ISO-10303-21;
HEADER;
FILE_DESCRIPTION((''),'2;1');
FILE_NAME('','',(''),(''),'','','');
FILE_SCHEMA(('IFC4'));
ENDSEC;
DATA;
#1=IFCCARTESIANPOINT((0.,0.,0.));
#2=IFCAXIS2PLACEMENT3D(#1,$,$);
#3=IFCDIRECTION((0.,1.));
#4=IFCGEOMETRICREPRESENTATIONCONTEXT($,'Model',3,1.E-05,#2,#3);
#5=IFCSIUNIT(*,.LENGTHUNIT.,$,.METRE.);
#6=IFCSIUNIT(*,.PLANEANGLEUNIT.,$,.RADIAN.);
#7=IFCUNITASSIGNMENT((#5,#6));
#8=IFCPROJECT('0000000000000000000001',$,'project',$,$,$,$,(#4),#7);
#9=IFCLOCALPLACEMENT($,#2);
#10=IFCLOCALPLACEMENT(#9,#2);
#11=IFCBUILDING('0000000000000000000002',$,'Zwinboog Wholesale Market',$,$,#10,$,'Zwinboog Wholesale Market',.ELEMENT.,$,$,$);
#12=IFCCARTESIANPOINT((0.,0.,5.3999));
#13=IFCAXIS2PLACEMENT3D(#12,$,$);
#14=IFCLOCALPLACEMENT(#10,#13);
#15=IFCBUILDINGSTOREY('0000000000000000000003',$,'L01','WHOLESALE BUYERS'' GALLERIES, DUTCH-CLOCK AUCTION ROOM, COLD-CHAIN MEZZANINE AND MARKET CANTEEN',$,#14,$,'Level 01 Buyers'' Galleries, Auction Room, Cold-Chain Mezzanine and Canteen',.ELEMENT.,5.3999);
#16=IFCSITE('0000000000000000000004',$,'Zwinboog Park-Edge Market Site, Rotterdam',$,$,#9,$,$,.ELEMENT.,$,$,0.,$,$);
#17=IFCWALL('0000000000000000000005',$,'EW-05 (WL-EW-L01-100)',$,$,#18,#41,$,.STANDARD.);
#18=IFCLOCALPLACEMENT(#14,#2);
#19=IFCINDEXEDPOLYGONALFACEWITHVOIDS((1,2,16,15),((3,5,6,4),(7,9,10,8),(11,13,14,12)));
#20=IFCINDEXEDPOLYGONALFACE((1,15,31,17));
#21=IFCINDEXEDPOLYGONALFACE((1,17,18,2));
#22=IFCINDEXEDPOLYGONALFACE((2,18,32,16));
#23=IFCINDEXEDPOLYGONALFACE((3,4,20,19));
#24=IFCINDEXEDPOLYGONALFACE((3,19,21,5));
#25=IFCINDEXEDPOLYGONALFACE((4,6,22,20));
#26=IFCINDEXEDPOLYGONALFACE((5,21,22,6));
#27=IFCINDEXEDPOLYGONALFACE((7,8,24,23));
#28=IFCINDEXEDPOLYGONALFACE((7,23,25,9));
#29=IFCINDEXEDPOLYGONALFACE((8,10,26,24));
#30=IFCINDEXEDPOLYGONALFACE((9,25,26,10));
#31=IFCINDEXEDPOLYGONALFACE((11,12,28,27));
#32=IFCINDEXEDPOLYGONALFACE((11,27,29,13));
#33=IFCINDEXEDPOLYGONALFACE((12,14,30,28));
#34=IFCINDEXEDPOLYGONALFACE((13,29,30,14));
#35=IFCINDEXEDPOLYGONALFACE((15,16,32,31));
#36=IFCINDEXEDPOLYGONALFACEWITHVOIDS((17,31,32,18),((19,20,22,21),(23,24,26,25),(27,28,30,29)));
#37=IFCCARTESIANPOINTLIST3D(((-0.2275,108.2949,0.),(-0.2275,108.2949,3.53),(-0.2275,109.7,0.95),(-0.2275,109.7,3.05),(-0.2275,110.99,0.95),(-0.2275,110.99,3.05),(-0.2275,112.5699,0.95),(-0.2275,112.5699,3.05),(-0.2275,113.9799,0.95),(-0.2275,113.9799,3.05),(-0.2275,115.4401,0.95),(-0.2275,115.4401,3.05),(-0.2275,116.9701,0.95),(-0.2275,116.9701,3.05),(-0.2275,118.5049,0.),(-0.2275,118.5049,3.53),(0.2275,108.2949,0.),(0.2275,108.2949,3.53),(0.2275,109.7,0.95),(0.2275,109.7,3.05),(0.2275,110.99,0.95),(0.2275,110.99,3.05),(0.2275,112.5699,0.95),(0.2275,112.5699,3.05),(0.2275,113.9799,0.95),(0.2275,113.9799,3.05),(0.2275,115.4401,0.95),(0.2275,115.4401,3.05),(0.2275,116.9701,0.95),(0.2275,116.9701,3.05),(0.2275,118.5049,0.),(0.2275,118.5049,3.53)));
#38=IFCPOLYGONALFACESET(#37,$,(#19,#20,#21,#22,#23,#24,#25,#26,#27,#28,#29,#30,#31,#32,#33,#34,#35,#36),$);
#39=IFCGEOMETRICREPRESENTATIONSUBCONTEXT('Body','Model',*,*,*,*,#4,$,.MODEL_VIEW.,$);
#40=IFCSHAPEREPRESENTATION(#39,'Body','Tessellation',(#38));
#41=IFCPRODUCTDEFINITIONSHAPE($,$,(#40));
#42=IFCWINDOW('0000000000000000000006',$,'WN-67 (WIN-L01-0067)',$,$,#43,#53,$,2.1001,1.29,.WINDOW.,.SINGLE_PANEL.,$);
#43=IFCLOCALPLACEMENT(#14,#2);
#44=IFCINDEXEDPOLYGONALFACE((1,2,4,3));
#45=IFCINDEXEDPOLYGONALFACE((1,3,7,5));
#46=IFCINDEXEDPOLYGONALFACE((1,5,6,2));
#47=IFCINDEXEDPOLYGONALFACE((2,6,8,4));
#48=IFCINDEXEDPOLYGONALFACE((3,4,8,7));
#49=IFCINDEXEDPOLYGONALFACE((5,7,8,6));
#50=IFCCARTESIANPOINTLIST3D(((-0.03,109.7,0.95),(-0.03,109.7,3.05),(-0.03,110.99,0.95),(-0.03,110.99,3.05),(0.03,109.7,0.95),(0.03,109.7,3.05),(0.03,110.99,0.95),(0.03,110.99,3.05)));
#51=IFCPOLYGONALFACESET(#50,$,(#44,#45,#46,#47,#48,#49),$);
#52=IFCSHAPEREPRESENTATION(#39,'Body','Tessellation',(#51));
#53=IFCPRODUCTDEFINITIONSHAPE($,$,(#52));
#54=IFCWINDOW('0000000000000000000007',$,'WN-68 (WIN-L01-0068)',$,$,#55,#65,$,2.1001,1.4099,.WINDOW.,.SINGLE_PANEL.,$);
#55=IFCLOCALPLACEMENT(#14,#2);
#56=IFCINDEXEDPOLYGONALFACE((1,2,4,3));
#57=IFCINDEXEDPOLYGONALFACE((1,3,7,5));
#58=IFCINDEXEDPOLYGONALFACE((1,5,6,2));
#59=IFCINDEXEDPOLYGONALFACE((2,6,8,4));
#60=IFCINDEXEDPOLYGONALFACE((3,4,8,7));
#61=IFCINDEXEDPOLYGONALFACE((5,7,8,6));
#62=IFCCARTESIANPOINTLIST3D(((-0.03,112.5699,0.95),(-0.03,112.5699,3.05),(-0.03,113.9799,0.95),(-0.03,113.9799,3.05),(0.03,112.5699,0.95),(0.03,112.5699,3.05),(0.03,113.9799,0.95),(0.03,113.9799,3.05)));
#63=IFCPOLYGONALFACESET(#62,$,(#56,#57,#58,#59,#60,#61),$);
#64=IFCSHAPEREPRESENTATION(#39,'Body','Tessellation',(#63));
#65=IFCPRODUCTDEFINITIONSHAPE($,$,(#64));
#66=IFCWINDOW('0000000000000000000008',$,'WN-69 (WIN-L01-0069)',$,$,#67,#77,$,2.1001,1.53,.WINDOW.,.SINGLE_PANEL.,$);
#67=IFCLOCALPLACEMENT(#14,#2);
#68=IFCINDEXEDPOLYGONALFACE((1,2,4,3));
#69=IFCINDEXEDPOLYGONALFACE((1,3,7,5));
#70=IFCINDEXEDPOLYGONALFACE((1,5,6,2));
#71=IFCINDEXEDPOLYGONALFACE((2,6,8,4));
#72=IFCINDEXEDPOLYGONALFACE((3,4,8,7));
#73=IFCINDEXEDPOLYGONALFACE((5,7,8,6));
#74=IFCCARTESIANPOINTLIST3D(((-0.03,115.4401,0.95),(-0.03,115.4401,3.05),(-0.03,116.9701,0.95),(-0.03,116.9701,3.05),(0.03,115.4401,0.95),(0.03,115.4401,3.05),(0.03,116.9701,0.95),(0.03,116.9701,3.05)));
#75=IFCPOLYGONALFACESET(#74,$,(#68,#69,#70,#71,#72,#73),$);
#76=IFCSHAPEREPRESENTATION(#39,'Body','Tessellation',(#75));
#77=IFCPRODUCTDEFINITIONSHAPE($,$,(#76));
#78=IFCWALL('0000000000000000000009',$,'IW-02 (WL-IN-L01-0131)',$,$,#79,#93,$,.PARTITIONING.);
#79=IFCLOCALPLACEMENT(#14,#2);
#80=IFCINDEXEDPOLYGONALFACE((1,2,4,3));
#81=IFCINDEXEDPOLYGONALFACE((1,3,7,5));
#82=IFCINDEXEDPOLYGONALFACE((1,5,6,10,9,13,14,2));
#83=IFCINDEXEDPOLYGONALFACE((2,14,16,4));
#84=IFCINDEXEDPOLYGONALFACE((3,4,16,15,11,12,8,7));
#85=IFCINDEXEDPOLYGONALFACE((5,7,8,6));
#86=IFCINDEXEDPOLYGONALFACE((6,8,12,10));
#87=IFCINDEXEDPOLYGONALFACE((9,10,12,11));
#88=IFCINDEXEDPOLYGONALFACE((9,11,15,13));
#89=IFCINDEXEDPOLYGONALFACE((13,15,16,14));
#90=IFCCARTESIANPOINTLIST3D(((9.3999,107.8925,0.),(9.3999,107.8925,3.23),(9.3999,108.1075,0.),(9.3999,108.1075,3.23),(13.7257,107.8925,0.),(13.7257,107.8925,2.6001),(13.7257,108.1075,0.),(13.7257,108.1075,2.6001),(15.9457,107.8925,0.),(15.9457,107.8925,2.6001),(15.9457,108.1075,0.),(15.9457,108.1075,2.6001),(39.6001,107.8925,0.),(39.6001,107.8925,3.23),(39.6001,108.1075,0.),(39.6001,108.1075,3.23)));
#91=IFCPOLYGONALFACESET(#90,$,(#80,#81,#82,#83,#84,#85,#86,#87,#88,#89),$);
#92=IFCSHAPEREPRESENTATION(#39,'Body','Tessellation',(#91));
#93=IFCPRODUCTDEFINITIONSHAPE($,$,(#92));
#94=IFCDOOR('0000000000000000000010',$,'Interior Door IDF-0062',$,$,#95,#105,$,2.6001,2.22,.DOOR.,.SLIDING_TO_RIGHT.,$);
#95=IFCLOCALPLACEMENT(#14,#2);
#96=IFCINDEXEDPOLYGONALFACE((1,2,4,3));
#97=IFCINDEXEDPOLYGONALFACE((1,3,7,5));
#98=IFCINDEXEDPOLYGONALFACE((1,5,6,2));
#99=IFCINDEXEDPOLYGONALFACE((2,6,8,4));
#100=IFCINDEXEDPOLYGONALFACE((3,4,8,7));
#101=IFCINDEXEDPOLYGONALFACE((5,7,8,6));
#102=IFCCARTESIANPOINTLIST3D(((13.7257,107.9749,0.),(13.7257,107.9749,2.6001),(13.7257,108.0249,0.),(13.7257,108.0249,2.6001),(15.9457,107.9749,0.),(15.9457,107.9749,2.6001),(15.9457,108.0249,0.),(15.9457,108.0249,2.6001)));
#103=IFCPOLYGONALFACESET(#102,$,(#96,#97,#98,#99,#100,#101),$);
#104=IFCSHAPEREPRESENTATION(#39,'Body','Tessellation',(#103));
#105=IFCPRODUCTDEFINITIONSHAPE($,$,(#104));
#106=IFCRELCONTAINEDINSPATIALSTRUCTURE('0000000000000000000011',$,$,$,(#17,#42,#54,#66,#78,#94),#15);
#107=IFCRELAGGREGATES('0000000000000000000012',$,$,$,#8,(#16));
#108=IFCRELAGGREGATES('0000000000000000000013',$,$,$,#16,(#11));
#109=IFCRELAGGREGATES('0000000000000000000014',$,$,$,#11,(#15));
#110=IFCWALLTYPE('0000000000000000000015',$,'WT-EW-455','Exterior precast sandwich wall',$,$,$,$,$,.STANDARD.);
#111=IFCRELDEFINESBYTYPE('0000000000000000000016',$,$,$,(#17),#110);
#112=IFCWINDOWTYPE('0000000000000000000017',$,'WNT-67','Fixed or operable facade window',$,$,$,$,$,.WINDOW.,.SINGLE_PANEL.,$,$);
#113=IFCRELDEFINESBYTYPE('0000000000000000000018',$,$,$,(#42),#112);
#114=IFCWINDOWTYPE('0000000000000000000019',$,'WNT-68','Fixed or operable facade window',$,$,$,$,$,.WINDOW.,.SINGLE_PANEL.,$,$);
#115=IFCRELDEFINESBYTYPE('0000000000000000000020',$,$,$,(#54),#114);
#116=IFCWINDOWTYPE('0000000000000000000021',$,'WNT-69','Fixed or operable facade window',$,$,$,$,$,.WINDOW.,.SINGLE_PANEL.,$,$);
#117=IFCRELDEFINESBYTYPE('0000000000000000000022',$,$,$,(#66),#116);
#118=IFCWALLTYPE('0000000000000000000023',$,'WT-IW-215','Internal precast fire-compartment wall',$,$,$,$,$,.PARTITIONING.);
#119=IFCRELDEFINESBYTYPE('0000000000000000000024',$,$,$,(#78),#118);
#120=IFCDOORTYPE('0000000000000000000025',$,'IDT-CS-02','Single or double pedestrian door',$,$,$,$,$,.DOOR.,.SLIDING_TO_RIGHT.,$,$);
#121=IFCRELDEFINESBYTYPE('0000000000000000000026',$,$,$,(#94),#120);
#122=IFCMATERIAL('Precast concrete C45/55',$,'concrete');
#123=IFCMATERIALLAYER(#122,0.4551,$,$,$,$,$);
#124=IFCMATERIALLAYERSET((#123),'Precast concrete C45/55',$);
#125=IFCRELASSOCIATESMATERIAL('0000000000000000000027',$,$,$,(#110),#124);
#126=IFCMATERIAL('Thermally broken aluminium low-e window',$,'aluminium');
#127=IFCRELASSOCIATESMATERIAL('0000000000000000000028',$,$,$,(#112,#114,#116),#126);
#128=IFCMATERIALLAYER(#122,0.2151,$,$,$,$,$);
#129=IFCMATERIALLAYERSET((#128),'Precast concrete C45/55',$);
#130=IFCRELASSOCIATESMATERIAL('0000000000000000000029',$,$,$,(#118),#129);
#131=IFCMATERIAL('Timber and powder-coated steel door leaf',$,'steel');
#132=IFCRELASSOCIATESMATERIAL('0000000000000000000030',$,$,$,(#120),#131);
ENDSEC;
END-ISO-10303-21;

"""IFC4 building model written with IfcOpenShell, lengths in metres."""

from ifc_helpers import new_model, si_unit, direction, frame, frame_2d, origin, place, context, subcontext, project, spatial, rectangle, extrude, material, layer, layer_set, type_object, element, fill, save


model = new_model("IFC4")

# Units and contexts
model_context = context("Model", 3, precision=1e-05, world=origin(), true_north=direction((0.0, 1.0)))
body_context = subcontext(model_context, "Body", "Model", "MODEL_VIEW")
ifc_project = project(units=[si_unit("LENGTHUNIT", "METRE"), si_unit("PLANEANGLEUNIT", "RADIAN")], contexts=[model_context])

# Site, building, storey
site_placement = place(None, origin())
site = spatial("IfcSite", under=ifc_project, at=site_placement, Name="Zwinboog Park-Edge Market Site, Rotterdam", CompositionType="ELEMENT", RefElevation=0.0)
building_placement = place(site_placement, origin())
building = spatial("IfcBuilding", under=site, at=building_placement, Name="Zwinboog Wholesale Market", LongName="Zwinboog Wholesale Market", CompositionType="ELEMENT")
storey_placement = place(building_placement, frame((0.0, 0.0, 5.3999)))
storey = spatial("IfcBuildingStorey", under=building, at=storey_placement, Name="L01", Description="WHOLESALE BUYERS' GALLERIES, DUTCH-CLOCK AUCTION ROOM, COLD-CHAIN MEZZANINE AND MARKET CANTEEN", LongName="Level 01 Buyers' Galleries, Auction Room, Cold-Chain Mezzanine and Canteen", CompositionType="ELEMENT", Elevation=5.3999)

# Shared definitions
ifc_material_1 = material(Name="Precast concrete C45/55", Category="concrete")

# Wall, openings, windows
ifc_layer_1 = layer(ifc_material_1, 0.4551)
ifc_layer_set_1 = layer_set([ifc_layer_1], Name="Precast concrete C45/55")
wall_type_1 = type_object("IfcWallType", Name="WT-EW-455", Description="Exterior precast sandwich wall", PredefinedType="STANDARD", material=ifc_layer_set_1)
wall_1_placement = place(storey_placement, frame((0.0, 108.2949, 0.0), z_axis=(0.0, 0.0, 1.0), x_axis=(0.0, 1.0, 0.0)))
wall_1 = element("IfcWall", 1, at=wall_1_placement, inside=storey, type_object=wall_type_1, Name="EW-05 (WL-EW-L01-100)", PredefinedType="STANDARD", context=body_context, shape_type="SweptSolid", body=[
    extrude(rectangle(XDim=10.21, YDim=0.4551, at=frame_2d((5.105, 0.0))), origin(), (0.0, 0.0, 1.0), 3.53),
])
opening_1_placement = place(wall_1_placement, frame((1.405, 0.0, 0.95)))
opening_1 = element("IfcOpeningElement", 2, at=opening_1_placement, cuts=wall_1, PredefinedType="OPENING", context=body_context, shape_type="SweptSolid", body=[
    extrude(rectangle(XDim=1.29, YDim=2.1001, at=frame_2d((0.645, 1.05))), frame((0.0, 0.2375, 0.0), z_axis=(0.0, -1.0, 0.0), x_axis=(1.0, 0.0, 0.0)), (0.0, 0.0, 1.0), 0.4751),
])
opening_2_placement = place(wall_1_placement, frame((4.2749, 0.0, 0.95)))
opening_2 = element("IfcOpeningElement", 3, at=opening_2_placement, cuts=wall_1, PredefinedType="OPENING", context=body_context, shape_type="SweptSolid", body=[
    extrude(rectangle(XDim=1.4099, YDim=2.1001, at=frame_2d((0.7051, 1.05))), frame((0.0, 0.2375, 0.0), z_axis=(0.0, -1.0, 0.0), x_axis=(1.0, 0.0, 0.0)), (0.0, 0.0, 1.0), 0.4751),
])
opening_3_placement = place(wall_1_placement, frame((7.145, 0.0, 0.95)))
opening_3 = element("IfcOpeningElement", 4, at=opening_3_placement, cuts=wall_1, PredefinedType="OPENING", context=body_context, shape_type="SweptSolid", body=[
    extrude(rectangle(XDim=1.53, YDim=2.1001, at=frame_2d((0.7651, 1.05))), frame((0.0, 0.2375, 0.0), z_axis=(0.0, -1.0, 0.0), x_axis=(1.0, 0.0, 0.0)), (0.0, 0.0, 1.0), 0.4751),
])
ifc_material_2 = material(Name="Thermally broken aluminium low-e window", Category="aluminium")
window_type_1 = type_object("IfcWindowType", Name="WNT-67", Description="Fixed or operable facade window", PartitioningType="SINGLE_PANEL", PredefinedType="WINDOW", material=ifc_material_2)
window_1_placement = place(opening_1_placement, origin())
window_1 = element("IfcWindow", 5, at=window_1_placement, inside=storey, type_object=window_type_1, Name="WN-67 (WIN-L01-0067)", OverallHeight=2.1001, OverallWidth=1.29, PartitioningType="SINGLE_PANEL", PredefinedType="WINDOW", context=body_context, shape_type="SweptSolid", body=[
    extrude(rectangle(XDim=1.29, YDim=2.1001, at=frame_2d((0.645, 1.05))), frame((0.0, 0.03, 0.0), z_axis=(0.0, -1.0, 0.0), x_axis=(1.0, 0.0, 0.0)), (0.0, 0.0, 1.0), 0.0601),
])
fill(opening_1, window_1)
window_type_2 = type_object("IfcWindowType", Name="WNT-68", Description="Fixed or operable facade window", PartitioningType="SINGLE_PANEL", PredefinedType="WINDOW", material=ifc_material_2)
window_2_placement = place(opening_2_placement, origin())
window_2 = element("IfcWindow", 6, at=window_2_placement, inside=storey, type_object=window_type_2, Name="WN-68 (WIN-L01-0068)", OverallHeight=2.1001, OverallWidth=1.4099, PartitioningType="SINGLE_PANEL", PredefinedType="WINDOW", context=body_context, shape_type="SweptSolid", body=[
    extrude(rectangle(XDim=1.4099, YDim=2.1001, at=frame_2d((0.7051, 1.05))), frame((0.0, 0.03, 0.0), z_axis=(0.0, -1.0, 0.0), x_axis=(1.0, 0.0, 0.0)), (0.0, 0.0, 1.0), 0.0601),
])
fill(opening_2, window_2)
window_type_3 = type_object("IfcWindowType", Name="WNT-69", Description="Fixed or operable facade window", PartitioningType="SINGLE_PANEL", PredefinedType="WINDOW", material=ifc_material_2)
window_3_placement = place(opening_3_placement, origin())
window_3 = element("IfcWindow", 7, at=window_3_placement, inside=storey, type_object=window_type_3, Name="WN-69 (WIN-L01-0069)", OverallHeight=2.1001, OverallWidth=1.53, PartitioningType="SINGLE_PANEL", PredefinedType="WINDOW", context=body_context, shape_type="SweptSolid", body=[
    extrude(rectangle(XDim=1.53, YDim=2.1001, at=frame_2d((0.7651, 1.05))), frame((0.0, 0.03, 0.0), z_axis=(0.0, -1.0, 0.0), x_axis=(1.0, 0.0, 0.0)), (0.0, 0.0, 1.0), 0.0601),
])
fill(opening_3, window_3)

# Wall, opening, door
ifc_layer_2 = layer(ifc_material_1, 0.2151)
ifc_layer_set_2 = layer_set([ifc_layer_2], Name="Precast concrete C45/55")
wall_type_2 = type_object("IfcWallType", Name="WT-IW-215", Description="Internal precast fire-compartment wall", PredefinedType="PARTITIONING", material=ifc_layer_set_2)
wall_2_placement = place(storey_placement, frame((9.3999, 108.0, 0.0), z_axis=(0.0, 0.0, 1.0), x_axis=(1.0, 0.0, 0.0)))
wall_2 = element("IfcWall", 8, at=wall_2_placement, inside=storey, type_object=wall_type_2, Name="IW-02 (WL-IN-L01-0131)", PredefinedType="PARTITIONING", context=body_context, shape_type="SweptSolid", body=[
    extrude(rectangle(XDim=30.2002, YDim=0.2151, at=frame_2d((15.1001, 0.0))), origin(), (0.0, 0.0, 1.0), 3.23),
])
opening_4_placement = place(wall_2_placement, frame((4.3259, 0.0, 0.0)))
opening_4 = element("IfcOpeningElement", 9, at=opening_4_placement, cuts=wall_2, PredefinedType="OPENING", context=body_context, shape_type="SweptSolid", body=[
    extrude(rectangle(XDim=2.22, YDim=2.6001, at=frame_2d((1.1099, 1.3))), frame((0.0, 0.1174, 0.0), z_axis=(0.0, -1.0, 0.0), x_axis=(1.0, 0.0, 0.0)), (0.0, 0.0, 1.0), 0.2351),
])
ifc_material_3 = material(Name="Timber and powder-coated steel door leaf", Category="steel")
door_type = type_object("IfcDoorType", Name="IDT-CS-02", Description="Single or double pedestrian door", OperationType="SLIDING_TO_RIGHT", PredefinedType="DOOR", material=ifc_material_3)
door_placement = place(opening_4_placement, origin())
door = element("IfcDoor", 10, at=door_placement, inside=storey, type_object=door_type, Name="Interior Door IDF-0062", OperationType="SLIDING_TO_RIGHT", OverallHeight=2.6001, OverallWidth=2.22, PredefinedType="DOOR", context=body_context, shape_type="SweptSolid", body=[
    extrude(rectangle(XDim=2.22, YDim=2.6001, at=frame_2d((1.1099, 1.3))), frame((0.0, 0.0249, 0.0), z_axis=(0.0, -1.0, 0.0), x_axis=(1.0, 0.0, 0.0)), (0.0, 0.0, 1.0), 0.05),
])
fill(opening_4, door)

save(model, "model.ifc")
